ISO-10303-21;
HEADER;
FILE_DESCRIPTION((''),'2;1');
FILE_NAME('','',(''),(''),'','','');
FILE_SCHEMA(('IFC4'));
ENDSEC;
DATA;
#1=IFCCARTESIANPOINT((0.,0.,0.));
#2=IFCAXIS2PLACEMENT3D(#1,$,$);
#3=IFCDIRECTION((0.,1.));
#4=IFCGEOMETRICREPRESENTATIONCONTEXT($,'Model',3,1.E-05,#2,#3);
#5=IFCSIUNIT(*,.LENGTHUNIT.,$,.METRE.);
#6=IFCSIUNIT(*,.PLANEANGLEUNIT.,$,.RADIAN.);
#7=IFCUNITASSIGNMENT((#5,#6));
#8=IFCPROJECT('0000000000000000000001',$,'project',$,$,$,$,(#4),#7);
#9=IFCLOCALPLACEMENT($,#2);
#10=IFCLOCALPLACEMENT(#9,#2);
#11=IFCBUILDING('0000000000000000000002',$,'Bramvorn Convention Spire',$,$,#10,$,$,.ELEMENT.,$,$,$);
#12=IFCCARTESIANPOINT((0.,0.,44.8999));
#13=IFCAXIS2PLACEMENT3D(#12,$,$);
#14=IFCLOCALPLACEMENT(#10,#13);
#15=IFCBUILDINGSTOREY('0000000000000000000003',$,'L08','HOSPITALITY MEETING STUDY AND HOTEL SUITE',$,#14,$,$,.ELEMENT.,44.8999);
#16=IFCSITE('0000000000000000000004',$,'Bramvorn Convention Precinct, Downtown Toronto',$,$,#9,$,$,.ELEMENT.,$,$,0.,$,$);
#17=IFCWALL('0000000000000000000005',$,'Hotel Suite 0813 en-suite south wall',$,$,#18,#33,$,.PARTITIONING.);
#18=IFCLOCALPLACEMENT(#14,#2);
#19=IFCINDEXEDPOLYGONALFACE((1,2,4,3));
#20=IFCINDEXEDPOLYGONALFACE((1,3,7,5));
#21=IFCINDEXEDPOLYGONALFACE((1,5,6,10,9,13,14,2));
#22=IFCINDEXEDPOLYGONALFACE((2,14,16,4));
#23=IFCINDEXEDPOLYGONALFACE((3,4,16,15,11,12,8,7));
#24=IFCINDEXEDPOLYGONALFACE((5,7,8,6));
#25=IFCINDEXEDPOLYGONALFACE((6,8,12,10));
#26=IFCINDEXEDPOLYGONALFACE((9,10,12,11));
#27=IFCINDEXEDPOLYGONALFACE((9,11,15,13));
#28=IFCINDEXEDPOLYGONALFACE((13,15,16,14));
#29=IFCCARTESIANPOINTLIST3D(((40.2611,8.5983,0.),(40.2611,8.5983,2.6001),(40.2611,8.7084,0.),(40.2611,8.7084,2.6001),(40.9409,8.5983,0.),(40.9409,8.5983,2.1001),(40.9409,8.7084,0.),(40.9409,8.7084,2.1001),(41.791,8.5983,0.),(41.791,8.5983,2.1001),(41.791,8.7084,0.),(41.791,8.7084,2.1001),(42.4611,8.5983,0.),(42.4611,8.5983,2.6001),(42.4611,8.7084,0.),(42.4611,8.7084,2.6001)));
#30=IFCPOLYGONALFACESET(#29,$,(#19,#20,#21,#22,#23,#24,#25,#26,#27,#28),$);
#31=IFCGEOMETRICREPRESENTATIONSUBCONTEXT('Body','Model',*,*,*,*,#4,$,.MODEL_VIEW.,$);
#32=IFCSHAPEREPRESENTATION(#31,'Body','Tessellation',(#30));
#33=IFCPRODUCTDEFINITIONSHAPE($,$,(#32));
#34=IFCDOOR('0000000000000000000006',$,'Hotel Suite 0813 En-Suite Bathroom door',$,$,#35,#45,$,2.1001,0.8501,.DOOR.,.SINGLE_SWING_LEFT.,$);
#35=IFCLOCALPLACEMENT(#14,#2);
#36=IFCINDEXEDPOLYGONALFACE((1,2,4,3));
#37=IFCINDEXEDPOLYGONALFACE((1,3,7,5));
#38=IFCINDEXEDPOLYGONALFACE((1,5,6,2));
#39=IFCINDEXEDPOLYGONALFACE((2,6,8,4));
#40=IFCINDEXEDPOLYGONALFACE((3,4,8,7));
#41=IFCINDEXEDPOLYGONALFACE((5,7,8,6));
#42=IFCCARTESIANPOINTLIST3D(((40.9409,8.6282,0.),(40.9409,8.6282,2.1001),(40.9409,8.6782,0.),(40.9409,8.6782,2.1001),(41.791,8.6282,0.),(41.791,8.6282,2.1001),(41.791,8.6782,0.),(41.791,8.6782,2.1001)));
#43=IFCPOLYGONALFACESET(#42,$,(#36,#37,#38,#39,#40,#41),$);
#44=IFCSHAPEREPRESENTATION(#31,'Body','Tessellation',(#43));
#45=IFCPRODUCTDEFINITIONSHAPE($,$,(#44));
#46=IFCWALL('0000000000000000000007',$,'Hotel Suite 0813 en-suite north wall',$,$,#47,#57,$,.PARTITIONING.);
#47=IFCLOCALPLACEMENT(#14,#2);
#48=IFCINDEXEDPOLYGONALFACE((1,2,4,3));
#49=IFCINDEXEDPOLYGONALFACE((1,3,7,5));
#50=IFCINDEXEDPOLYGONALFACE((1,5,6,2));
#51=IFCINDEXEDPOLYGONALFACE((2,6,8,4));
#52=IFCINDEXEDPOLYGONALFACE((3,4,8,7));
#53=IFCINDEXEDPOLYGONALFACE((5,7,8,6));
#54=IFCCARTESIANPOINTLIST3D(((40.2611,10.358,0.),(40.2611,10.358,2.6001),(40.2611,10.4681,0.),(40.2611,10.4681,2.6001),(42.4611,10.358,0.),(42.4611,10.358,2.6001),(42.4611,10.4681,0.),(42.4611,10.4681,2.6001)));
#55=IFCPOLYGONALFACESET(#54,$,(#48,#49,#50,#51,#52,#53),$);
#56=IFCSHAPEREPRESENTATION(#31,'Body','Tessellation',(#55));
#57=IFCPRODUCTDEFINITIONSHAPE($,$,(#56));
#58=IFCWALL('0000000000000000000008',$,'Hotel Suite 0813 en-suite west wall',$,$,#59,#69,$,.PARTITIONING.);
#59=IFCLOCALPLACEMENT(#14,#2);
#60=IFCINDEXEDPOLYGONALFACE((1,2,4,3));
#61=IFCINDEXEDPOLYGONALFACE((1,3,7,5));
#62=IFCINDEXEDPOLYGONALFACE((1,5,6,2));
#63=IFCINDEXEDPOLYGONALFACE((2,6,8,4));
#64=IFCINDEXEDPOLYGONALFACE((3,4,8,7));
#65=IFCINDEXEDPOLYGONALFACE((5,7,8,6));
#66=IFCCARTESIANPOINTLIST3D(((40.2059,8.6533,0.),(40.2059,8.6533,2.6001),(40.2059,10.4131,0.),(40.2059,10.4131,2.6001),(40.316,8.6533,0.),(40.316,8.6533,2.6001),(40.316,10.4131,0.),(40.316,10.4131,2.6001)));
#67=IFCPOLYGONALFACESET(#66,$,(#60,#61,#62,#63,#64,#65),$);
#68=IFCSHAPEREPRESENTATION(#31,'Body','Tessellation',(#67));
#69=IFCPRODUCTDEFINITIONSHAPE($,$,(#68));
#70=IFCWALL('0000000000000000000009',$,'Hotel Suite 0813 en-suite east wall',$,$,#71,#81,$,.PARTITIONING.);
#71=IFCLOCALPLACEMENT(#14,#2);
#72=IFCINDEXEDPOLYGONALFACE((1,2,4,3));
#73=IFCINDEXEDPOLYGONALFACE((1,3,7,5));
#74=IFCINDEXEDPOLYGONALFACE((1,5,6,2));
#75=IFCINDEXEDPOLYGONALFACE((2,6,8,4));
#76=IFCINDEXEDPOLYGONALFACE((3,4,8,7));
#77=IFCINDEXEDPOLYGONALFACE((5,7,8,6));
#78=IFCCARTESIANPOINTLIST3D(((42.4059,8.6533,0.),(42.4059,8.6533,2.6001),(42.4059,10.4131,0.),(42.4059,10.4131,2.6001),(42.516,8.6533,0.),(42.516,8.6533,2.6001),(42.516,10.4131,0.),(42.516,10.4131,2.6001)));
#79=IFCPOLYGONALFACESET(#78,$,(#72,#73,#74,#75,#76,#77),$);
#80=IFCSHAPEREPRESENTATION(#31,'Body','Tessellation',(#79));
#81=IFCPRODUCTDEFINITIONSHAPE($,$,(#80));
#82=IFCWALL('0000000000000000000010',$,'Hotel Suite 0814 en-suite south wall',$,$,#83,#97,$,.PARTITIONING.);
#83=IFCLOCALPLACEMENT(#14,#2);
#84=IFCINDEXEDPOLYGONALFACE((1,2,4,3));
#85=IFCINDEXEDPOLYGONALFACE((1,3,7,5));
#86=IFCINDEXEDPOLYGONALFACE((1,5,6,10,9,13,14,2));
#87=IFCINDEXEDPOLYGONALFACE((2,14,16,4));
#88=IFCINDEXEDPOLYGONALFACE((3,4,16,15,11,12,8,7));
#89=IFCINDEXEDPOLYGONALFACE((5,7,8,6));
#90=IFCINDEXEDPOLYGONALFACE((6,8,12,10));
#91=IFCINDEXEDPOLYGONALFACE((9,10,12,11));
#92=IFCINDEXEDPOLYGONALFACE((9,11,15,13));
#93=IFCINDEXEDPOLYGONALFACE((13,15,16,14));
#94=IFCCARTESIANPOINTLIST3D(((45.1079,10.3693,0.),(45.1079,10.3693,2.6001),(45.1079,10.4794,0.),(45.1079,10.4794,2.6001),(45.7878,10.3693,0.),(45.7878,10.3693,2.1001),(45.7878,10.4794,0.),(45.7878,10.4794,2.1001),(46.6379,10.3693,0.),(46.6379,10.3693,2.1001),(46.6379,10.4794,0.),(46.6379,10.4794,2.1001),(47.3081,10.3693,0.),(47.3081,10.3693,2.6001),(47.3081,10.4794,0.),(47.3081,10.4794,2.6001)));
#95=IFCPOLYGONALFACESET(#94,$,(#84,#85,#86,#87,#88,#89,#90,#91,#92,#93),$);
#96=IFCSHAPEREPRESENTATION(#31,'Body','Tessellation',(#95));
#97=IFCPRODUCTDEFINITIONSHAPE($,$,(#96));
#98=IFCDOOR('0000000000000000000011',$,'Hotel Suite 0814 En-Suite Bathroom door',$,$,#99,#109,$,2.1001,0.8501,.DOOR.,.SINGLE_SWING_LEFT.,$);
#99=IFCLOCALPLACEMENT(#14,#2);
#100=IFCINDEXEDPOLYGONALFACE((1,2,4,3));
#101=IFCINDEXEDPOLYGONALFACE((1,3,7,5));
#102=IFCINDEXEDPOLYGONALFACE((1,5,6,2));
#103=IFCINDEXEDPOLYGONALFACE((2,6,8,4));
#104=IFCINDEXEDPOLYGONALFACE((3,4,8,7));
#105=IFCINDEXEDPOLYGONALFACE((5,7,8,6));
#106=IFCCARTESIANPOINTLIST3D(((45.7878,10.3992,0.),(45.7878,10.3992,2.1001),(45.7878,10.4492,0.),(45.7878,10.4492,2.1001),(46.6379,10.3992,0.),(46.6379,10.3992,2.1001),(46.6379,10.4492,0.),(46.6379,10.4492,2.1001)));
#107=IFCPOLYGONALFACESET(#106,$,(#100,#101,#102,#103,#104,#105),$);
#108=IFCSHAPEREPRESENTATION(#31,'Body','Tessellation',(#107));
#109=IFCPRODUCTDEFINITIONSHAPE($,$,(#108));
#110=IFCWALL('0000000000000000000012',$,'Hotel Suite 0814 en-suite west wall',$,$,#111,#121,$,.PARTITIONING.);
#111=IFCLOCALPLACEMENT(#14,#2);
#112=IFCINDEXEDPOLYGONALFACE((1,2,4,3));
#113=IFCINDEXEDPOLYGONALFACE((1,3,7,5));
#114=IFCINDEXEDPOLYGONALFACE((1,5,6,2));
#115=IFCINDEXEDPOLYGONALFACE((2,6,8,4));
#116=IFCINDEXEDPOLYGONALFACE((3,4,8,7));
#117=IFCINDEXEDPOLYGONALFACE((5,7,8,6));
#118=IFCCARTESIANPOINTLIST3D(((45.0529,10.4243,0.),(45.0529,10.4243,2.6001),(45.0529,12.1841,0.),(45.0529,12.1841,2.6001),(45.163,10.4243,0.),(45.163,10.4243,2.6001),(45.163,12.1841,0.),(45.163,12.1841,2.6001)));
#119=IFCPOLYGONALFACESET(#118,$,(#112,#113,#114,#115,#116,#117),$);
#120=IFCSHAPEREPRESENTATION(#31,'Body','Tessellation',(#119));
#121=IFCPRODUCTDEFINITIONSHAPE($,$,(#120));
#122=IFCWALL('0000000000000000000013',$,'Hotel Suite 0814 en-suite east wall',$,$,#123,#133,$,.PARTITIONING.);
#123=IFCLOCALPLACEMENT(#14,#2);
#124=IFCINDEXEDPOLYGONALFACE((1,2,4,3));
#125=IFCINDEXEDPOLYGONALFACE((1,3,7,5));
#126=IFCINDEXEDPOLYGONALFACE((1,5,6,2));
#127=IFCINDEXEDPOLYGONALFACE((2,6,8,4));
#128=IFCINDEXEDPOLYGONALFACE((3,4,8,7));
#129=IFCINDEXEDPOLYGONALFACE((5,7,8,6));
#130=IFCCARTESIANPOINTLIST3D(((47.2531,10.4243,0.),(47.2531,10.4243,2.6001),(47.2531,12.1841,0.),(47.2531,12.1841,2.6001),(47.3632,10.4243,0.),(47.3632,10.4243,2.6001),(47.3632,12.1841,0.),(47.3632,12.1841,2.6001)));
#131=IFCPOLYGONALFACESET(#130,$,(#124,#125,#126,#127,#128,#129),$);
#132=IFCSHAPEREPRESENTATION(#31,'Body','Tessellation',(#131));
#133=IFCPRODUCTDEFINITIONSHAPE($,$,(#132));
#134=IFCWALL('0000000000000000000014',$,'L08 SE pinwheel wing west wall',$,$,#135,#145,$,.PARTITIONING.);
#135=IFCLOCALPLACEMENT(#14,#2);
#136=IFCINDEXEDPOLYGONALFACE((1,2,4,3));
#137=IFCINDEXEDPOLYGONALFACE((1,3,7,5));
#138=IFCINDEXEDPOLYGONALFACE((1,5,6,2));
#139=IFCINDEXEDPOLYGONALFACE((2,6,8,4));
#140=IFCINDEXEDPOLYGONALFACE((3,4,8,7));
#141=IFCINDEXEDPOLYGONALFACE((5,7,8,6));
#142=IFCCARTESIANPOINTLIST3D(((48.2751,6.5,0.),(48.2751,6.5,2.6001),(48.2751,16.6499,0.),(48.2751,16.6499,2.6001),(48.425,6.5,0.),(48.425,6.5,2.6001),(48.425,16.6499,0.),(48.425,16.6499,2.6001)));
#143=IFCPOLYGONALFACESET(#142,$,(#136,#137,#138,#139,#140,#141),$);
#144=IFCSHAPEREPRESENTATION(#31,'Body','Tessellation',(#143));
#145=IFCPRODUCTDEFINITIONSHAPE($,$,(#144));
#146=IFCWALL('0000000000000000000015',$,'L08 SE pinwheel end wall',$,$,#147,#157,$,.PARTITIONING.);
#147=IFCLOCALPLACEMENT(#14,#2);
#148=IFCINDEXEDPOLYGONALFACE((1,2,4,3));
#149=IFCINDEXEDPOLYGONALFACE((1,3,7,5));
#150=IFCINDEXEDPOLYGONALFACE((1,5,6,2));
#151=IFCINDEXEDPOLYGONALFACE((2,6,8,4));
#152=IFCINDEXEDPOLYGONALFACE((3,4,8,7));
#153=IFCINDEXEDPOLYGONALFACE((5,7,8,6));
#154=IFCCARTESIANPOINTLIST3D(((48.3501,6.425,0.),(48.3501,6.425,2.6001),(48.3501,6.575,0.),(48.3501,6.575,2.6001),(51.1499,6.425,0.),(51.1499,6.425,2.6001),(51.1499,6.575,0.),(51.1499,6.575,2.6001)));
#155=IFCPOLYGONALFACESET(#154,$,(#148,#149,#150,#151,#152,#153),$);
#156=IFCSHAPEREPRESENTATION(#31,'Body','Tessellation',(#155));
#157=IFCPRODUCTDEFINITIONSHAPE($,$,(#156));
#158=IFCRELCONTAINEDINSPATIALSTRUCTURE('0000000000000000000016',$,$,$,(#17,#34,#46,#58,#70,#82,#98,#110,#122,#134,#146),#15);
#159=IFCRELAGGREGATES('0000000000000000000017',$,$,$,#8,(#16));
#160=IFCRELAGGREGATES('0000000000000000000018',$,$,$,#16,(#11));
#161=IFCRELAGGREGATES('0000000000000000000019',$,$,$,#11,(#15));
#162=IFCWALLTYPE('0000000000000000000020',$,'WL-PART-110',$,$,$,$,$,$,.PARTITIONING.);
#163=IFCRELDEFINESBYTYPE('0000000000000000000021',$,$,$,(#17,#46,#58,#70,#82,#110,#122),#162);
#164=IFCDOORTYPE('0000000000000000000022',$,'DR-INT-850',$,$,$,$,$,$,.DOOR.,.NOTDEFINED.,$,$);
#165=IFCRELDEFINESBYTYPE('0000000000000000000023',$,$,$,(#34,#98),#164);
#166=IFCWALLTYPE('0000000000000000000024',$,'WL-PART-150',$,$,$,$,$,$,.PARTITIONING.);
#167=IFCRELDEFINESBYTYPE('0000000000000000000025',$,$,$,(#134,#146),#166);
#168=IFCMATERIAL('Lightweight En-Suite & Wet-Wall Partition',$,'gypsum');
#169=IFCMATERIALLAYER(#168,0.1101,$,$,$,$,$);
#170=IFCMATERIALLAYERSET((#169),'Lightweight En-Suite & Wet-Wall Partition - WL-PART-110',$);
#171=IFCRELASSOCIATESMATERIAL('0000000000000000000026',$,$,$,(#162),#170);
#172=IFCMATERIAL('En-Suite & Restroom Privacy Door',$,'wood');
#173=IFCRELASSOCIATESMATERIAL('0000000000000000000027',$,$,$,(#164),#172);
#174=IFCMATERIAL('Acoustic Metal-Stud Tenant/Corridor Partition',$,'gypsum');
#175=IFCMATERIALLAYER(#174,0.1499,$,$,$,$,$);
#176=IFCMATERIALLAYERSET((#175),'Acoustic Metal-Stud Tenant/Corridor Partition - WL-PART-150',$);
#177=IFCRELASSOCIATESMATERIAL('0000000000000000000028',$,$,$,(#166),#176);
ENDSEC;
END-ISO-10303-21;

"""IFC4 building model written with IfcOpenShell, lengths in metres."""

from ifc_helpers import new_model, si_unit, direction, frame, frame_2d, origin, place, context, subcontext, project, spatial, rectangle, extrude, material, layer, layer_set, type_object, element, fill, save


model = new_model("IFC4")

# Units and contexts
model_context = context("Model", 3, precision=1e-05, world=origin(), true_north=direction((0.0, 1.0)))
body_context = subcontext(model_context, "Body", "Model", "MODEL_VIEW")
ifc_project = project(units=[si_unit("LENGTHUNIT", "METRE"), si_unit("PLANEANGLEUNIT", "RADIAN")], contexts=[model_context])

# Site, building, storey
site_placement = place(None, origin())
site = spatial("IfcSite", under=ifc_project, at=site_placement, Name="Bramvorn Convention Precinct, Downtown Toronto", CompositionType="ELEMENT", RefElevation=0.0)
building_placement = place(site_placement, origin())
building = spatial("IfcBuilding", under=site, at=building_placement, Name="Bramvorn Convention Spire", CompositionType="ELEMENT")
storey_placement = place(building_placement, frame((0.0, 0.0, 44.8999)))
storey = spatial("IfcBuildingStorey", under=building, at=storey_placement, Name="L08", Description="HOSPITALITY MEETING STUDY AND HOTEL SUITE", CompositionType="ELEMENT", Elevation=44.8999)

# Shared definitions
ifc_material_1 = material(Name="Lightweight En-Suite & Wet-Wall Partition", Category="gypsum")
ifc_layer_1 = layer(ifc_material_1, 0.1101)
ifc_layer_set_1 = layer_set([ifc_layer_1], Name="Lightweight En-Suite & Wet-Wall Partition - WL-PART-110")
wall_type_1 = type_object("IfcWallType", Name="WL-PART-110", PredefinedType="PARTITIONING", material=ifc_layer_set_1)

# Wall, opening, door
wall_1_placement = place(storey_placement, frame((40.261, 8.6533, 0.0), z_axis=(0.0, 0.0, 1.0), x_axis=(1.0, 0.0, 0.0)))
wall_1 = element("IfcWall", 1, at=wall_1_placement, inside=storey, type_object=wall_type_1, Name="Hotel Suite 0813 en-suite south wall", PredefinedType="PARTITIONING", context=body_context, shape_type="SweptSolid", body=[
    extrude(rectangle(XDim=2.2, YDim=0.1101, at=frame_2d((1.1001, 0.0))), origin(), (0.0, 0.0, 1.0), 2.6001),
])
opening_1_placement = place(wall_1_placement, frame((0.6799, 0.0, 0.0)))
opening_1 = element("IfcOpeningElement", 2, at=opening_1_placement, cuts=wall_1, PredefinedType="OPENING", context=body_context, shape_type="SweptSolid", body=[
    extrude(rectangle(XDim=0.8501, YDim=2.1001, at=frame_2d((0.425, 1.05))), frame((0.0, 0.0649, 0.0), z_axis=(0.0, -1.0, 0.0), x_axis=(1.0, 0.0, 0.0)), (0.0, 0.0, 1.0), 0.1301),
])
ifc_material_2 = material(Name="En-Suite & Restroom Privacy Door", Category="wood")
door_type = type_object("IfcDoorType", Name="DR-INT-850", OperationType="NOTDEFINED", PredefinedType="DOOR", material=ifc_material_2)
door_1_placement = place(opening_1_placement, origin())
door_1 = element("IfcDoor", 3, at=door_1_placement, inside=storey, type_object=door_type, Name="Hotel Suite 0813 En-Suite Bathroom door", OperationType="SINGLE_SWING_LEFT", OverallHeight=2.1001, OverallWidth=0.8501, PredefinedType="DOOR", context=body_context, shape_type="SweptSolid", body=[
    extrude(rectangle(XDim=0.8501, YDim=2.1001, at=frame_2d((0.425, 1.05))), frame((0.0, 0.0249, 0.0), z_axis=(0.0, -1.0, 0.0), x_axis=(1.0, 0.0, 0.0)), (0.0, 0.0, 1.0), 0.05),
])
fill(opening_1, door_1)

# Walls
wall_2_placement = place(storey_placement, frame((40.261, 10.4131, 0.0), z_axis=(0.0, 0.0, 1.0), x_axis=(1.0, 0.0, 0.0)))
element("IfcWall", 4, at=wall_2_placement, inside=storey, type_object=wall_type_1, Name="Hotel Suite 0813 en-suite north wall", PredefinedType="PARTITIONING", context=body_context, shape_type="SweptSolid", body=[
    extrude(rectangle(XDim=2.2, YDim=0.1101, at=frame_2d((1.1001, 0.0))), origin(), (0.0, 0.0, 1.0), 2.6001),
])
for number, where, z_axis, x_axis, name in (
    (5, (40.261, 8.6533, 0.0), (0.0, 0.0, 1.0), (0.0, 1.0, 0.0), "Hotel Suite 0813 en-suite west wall"),
    (6, (42.4609, 8.6533, 0.0), (0.0, 0.0, 1.0), (0.0, 1.0, 0.0), "Hotel Suite 0813 en-suite east wall"),
):
    element("IfcWall", number, at=place(storey_placement, frame(where, z_axis=z_axis, x_axis=x_axis)), inside=storey, type_object=wall_type_1, Name=name, PredefinedType="PARTITIONING", context=body_context, shape_type="SweptSolid", body=[
        extrude(rectangle(XDim=1.7598, YDim=0.1101, at=frame_2d((0.8799, 0.0))), origin(), (0.0, 0.0, 1.0), 2.6001),
    ])

# Wall, opening, door
wall_3_placement = place(storey_placement, frame((45.1079, 10.4243, 0.0), z_axis=(0.0, 0.0, 1.0), x_axis=(1.0, 0.0, 0.0)))
wall_3 = element("IfcWall", 7, at=wall_3_placement, inside=storey, type_object=wall_type_1, Name="Hotel Suite 0814 en-suite south wall", PredefinedType="PARTITIONING", context=body_context, shape_type="SweptSolid", body=[
    extrude(rectangle(XDim=2.2002, YDim=0.1101, at=frame_2d((1.1001, 0.0))), origin(), (0.0, 0.0, 1.0), 2.6001),
])
opening_2_placement = place(wall_3_placement, frame((0.6799, 0.0, 0.0)))
opening_2 = element("IfcOpeningElement", 8, at=opening_2_placement, cuts=wall_3, PredefinedType="OPENING", context=body_context, shape_type="SweptSolid", body=[
    extrude(rectangle(XDim=0.8501, YDim=2.1001, at=frame_2d((0.425, 1.05))), frame((0.0, 0.0649, 0.0), z_axis=(0.0, -1.0, 0.0), x_axis=(1.0, 0.0, 0.0)), (0.0, 0.0, 1.0), 0.1301),
])
door_2_placement = place(opening_2_placement, origin())
door_2 = element("IfcDoor", 9, at=door_2_placement, inside=storey, type_object=door_type, Name="Hotel Suite 0814 En-Suite Bathroom door", OperationType="SINGLE_SWING_LEFT", OverallHeight=2.1001, OverallWidth=0.8501, PredefinedType="DOOR", context=body_context, shape_type="SweptSolid", body=[
    extrude(rectangle(XDim=0.8501, YDim=2.1001, at=frame_2d((0.425, 1.05))), frame((0.0, 0.0249, 0.0), z_axis=(0.0, -1.0, 0.0), x_axis=(1.0, 0.0, 0.0)), (0.0, 0.0, 1.0), 0.05),
])
fill(opening_2, door_2)

# Walls
for number, where, z_axis, x_axis, name in (
    (10, (45.1079, 10.4243, 0.0), (0.0, 0.0, 1.0), (0.0, 1.0, 0.0), "Hotel Suite 0814 en-suite west wall"),
    (11, (47.3081, 10.4243, 0.0), (0.0, 0.0, 1.0), (0.0, 1.0, 0.0), "Hotel Suite 0814 en-suite east wall"),
):
    element("IfcWall", number, at=place(storey_placement, frame(where, z_axis=z_axis, x_axis=x_axis)), inside=storey, type_object=wall_type_1, Name=name, PredefinedType="PARTITIONING", context=body_context, shape_type="SweptSolid", body=[
        extrude(rectangle(XDim=1.7598, YDim=0.1101, at=frame_2d((0.8799, 0.0))), origin(), (0.0, 0.0, 1.0), 2.6001),
    ])
ifc_material_3 = material(Name="Acoustic Metal-Stud Tenant/Corridor Partition", Category="gypsum")
ifc_layer_2 = layer(ifc_material_3, 0.1499)
ifc_layer_set_2 = layer_set([ifc_layer_2], Name="Acoustic Metal-Stud Tenant/Corridor Partition - WL-PART-150")
wall_type_2 = type_object("IfcWallType", Name="WL-PART-150", PredefinedType="PARTITIONING", material=ifc_layer_set_2)
wall_4_placement = place(storey_placement, frame((48.3501, 6.5, 0.0), z_axis=(0.0, 0.0, 1.0), x_axis=(0.0, 1.0, 0.0)))
element("IfcWall", 12, at=wall_4_placement, inside=storey, type_object=wall_type_2, Name="L08 SE pinwheel wing west wall", PredefinedType="PARTITIONING", context=body_context, shape_type="SweptSolid", body=[
    extrude(rectangle(XDim=10.1499, YDim=0.1499, at=frame_2d((5.075, 0.0))), origin(), (0.0, 0.0, 1.0), 2.6001),
])
wall_5_placement = place(storey_placement, frame((48.3501, 6.5, 0.0), z_axis=(0.0, 0.0, 1.0), x_axis=(1.0, 0.0, 0.0)))
element("IfcWall", 13, at=wall_5_placement, inside=storey, type_object=wall_type_2, Name="L08 SE pinwheel end wall", PredefinedType="PARTITIONING", context=body_context, shape_type="SweptSolid", body=[
    extrude(rectangle(XDim=2.7998, YDim=0.1499, at=frame_2d((1.3999, 0.0))), origin(), (0.0, 0.0, 1.0), 2.6001),
])

save(model, "model.ifc")
